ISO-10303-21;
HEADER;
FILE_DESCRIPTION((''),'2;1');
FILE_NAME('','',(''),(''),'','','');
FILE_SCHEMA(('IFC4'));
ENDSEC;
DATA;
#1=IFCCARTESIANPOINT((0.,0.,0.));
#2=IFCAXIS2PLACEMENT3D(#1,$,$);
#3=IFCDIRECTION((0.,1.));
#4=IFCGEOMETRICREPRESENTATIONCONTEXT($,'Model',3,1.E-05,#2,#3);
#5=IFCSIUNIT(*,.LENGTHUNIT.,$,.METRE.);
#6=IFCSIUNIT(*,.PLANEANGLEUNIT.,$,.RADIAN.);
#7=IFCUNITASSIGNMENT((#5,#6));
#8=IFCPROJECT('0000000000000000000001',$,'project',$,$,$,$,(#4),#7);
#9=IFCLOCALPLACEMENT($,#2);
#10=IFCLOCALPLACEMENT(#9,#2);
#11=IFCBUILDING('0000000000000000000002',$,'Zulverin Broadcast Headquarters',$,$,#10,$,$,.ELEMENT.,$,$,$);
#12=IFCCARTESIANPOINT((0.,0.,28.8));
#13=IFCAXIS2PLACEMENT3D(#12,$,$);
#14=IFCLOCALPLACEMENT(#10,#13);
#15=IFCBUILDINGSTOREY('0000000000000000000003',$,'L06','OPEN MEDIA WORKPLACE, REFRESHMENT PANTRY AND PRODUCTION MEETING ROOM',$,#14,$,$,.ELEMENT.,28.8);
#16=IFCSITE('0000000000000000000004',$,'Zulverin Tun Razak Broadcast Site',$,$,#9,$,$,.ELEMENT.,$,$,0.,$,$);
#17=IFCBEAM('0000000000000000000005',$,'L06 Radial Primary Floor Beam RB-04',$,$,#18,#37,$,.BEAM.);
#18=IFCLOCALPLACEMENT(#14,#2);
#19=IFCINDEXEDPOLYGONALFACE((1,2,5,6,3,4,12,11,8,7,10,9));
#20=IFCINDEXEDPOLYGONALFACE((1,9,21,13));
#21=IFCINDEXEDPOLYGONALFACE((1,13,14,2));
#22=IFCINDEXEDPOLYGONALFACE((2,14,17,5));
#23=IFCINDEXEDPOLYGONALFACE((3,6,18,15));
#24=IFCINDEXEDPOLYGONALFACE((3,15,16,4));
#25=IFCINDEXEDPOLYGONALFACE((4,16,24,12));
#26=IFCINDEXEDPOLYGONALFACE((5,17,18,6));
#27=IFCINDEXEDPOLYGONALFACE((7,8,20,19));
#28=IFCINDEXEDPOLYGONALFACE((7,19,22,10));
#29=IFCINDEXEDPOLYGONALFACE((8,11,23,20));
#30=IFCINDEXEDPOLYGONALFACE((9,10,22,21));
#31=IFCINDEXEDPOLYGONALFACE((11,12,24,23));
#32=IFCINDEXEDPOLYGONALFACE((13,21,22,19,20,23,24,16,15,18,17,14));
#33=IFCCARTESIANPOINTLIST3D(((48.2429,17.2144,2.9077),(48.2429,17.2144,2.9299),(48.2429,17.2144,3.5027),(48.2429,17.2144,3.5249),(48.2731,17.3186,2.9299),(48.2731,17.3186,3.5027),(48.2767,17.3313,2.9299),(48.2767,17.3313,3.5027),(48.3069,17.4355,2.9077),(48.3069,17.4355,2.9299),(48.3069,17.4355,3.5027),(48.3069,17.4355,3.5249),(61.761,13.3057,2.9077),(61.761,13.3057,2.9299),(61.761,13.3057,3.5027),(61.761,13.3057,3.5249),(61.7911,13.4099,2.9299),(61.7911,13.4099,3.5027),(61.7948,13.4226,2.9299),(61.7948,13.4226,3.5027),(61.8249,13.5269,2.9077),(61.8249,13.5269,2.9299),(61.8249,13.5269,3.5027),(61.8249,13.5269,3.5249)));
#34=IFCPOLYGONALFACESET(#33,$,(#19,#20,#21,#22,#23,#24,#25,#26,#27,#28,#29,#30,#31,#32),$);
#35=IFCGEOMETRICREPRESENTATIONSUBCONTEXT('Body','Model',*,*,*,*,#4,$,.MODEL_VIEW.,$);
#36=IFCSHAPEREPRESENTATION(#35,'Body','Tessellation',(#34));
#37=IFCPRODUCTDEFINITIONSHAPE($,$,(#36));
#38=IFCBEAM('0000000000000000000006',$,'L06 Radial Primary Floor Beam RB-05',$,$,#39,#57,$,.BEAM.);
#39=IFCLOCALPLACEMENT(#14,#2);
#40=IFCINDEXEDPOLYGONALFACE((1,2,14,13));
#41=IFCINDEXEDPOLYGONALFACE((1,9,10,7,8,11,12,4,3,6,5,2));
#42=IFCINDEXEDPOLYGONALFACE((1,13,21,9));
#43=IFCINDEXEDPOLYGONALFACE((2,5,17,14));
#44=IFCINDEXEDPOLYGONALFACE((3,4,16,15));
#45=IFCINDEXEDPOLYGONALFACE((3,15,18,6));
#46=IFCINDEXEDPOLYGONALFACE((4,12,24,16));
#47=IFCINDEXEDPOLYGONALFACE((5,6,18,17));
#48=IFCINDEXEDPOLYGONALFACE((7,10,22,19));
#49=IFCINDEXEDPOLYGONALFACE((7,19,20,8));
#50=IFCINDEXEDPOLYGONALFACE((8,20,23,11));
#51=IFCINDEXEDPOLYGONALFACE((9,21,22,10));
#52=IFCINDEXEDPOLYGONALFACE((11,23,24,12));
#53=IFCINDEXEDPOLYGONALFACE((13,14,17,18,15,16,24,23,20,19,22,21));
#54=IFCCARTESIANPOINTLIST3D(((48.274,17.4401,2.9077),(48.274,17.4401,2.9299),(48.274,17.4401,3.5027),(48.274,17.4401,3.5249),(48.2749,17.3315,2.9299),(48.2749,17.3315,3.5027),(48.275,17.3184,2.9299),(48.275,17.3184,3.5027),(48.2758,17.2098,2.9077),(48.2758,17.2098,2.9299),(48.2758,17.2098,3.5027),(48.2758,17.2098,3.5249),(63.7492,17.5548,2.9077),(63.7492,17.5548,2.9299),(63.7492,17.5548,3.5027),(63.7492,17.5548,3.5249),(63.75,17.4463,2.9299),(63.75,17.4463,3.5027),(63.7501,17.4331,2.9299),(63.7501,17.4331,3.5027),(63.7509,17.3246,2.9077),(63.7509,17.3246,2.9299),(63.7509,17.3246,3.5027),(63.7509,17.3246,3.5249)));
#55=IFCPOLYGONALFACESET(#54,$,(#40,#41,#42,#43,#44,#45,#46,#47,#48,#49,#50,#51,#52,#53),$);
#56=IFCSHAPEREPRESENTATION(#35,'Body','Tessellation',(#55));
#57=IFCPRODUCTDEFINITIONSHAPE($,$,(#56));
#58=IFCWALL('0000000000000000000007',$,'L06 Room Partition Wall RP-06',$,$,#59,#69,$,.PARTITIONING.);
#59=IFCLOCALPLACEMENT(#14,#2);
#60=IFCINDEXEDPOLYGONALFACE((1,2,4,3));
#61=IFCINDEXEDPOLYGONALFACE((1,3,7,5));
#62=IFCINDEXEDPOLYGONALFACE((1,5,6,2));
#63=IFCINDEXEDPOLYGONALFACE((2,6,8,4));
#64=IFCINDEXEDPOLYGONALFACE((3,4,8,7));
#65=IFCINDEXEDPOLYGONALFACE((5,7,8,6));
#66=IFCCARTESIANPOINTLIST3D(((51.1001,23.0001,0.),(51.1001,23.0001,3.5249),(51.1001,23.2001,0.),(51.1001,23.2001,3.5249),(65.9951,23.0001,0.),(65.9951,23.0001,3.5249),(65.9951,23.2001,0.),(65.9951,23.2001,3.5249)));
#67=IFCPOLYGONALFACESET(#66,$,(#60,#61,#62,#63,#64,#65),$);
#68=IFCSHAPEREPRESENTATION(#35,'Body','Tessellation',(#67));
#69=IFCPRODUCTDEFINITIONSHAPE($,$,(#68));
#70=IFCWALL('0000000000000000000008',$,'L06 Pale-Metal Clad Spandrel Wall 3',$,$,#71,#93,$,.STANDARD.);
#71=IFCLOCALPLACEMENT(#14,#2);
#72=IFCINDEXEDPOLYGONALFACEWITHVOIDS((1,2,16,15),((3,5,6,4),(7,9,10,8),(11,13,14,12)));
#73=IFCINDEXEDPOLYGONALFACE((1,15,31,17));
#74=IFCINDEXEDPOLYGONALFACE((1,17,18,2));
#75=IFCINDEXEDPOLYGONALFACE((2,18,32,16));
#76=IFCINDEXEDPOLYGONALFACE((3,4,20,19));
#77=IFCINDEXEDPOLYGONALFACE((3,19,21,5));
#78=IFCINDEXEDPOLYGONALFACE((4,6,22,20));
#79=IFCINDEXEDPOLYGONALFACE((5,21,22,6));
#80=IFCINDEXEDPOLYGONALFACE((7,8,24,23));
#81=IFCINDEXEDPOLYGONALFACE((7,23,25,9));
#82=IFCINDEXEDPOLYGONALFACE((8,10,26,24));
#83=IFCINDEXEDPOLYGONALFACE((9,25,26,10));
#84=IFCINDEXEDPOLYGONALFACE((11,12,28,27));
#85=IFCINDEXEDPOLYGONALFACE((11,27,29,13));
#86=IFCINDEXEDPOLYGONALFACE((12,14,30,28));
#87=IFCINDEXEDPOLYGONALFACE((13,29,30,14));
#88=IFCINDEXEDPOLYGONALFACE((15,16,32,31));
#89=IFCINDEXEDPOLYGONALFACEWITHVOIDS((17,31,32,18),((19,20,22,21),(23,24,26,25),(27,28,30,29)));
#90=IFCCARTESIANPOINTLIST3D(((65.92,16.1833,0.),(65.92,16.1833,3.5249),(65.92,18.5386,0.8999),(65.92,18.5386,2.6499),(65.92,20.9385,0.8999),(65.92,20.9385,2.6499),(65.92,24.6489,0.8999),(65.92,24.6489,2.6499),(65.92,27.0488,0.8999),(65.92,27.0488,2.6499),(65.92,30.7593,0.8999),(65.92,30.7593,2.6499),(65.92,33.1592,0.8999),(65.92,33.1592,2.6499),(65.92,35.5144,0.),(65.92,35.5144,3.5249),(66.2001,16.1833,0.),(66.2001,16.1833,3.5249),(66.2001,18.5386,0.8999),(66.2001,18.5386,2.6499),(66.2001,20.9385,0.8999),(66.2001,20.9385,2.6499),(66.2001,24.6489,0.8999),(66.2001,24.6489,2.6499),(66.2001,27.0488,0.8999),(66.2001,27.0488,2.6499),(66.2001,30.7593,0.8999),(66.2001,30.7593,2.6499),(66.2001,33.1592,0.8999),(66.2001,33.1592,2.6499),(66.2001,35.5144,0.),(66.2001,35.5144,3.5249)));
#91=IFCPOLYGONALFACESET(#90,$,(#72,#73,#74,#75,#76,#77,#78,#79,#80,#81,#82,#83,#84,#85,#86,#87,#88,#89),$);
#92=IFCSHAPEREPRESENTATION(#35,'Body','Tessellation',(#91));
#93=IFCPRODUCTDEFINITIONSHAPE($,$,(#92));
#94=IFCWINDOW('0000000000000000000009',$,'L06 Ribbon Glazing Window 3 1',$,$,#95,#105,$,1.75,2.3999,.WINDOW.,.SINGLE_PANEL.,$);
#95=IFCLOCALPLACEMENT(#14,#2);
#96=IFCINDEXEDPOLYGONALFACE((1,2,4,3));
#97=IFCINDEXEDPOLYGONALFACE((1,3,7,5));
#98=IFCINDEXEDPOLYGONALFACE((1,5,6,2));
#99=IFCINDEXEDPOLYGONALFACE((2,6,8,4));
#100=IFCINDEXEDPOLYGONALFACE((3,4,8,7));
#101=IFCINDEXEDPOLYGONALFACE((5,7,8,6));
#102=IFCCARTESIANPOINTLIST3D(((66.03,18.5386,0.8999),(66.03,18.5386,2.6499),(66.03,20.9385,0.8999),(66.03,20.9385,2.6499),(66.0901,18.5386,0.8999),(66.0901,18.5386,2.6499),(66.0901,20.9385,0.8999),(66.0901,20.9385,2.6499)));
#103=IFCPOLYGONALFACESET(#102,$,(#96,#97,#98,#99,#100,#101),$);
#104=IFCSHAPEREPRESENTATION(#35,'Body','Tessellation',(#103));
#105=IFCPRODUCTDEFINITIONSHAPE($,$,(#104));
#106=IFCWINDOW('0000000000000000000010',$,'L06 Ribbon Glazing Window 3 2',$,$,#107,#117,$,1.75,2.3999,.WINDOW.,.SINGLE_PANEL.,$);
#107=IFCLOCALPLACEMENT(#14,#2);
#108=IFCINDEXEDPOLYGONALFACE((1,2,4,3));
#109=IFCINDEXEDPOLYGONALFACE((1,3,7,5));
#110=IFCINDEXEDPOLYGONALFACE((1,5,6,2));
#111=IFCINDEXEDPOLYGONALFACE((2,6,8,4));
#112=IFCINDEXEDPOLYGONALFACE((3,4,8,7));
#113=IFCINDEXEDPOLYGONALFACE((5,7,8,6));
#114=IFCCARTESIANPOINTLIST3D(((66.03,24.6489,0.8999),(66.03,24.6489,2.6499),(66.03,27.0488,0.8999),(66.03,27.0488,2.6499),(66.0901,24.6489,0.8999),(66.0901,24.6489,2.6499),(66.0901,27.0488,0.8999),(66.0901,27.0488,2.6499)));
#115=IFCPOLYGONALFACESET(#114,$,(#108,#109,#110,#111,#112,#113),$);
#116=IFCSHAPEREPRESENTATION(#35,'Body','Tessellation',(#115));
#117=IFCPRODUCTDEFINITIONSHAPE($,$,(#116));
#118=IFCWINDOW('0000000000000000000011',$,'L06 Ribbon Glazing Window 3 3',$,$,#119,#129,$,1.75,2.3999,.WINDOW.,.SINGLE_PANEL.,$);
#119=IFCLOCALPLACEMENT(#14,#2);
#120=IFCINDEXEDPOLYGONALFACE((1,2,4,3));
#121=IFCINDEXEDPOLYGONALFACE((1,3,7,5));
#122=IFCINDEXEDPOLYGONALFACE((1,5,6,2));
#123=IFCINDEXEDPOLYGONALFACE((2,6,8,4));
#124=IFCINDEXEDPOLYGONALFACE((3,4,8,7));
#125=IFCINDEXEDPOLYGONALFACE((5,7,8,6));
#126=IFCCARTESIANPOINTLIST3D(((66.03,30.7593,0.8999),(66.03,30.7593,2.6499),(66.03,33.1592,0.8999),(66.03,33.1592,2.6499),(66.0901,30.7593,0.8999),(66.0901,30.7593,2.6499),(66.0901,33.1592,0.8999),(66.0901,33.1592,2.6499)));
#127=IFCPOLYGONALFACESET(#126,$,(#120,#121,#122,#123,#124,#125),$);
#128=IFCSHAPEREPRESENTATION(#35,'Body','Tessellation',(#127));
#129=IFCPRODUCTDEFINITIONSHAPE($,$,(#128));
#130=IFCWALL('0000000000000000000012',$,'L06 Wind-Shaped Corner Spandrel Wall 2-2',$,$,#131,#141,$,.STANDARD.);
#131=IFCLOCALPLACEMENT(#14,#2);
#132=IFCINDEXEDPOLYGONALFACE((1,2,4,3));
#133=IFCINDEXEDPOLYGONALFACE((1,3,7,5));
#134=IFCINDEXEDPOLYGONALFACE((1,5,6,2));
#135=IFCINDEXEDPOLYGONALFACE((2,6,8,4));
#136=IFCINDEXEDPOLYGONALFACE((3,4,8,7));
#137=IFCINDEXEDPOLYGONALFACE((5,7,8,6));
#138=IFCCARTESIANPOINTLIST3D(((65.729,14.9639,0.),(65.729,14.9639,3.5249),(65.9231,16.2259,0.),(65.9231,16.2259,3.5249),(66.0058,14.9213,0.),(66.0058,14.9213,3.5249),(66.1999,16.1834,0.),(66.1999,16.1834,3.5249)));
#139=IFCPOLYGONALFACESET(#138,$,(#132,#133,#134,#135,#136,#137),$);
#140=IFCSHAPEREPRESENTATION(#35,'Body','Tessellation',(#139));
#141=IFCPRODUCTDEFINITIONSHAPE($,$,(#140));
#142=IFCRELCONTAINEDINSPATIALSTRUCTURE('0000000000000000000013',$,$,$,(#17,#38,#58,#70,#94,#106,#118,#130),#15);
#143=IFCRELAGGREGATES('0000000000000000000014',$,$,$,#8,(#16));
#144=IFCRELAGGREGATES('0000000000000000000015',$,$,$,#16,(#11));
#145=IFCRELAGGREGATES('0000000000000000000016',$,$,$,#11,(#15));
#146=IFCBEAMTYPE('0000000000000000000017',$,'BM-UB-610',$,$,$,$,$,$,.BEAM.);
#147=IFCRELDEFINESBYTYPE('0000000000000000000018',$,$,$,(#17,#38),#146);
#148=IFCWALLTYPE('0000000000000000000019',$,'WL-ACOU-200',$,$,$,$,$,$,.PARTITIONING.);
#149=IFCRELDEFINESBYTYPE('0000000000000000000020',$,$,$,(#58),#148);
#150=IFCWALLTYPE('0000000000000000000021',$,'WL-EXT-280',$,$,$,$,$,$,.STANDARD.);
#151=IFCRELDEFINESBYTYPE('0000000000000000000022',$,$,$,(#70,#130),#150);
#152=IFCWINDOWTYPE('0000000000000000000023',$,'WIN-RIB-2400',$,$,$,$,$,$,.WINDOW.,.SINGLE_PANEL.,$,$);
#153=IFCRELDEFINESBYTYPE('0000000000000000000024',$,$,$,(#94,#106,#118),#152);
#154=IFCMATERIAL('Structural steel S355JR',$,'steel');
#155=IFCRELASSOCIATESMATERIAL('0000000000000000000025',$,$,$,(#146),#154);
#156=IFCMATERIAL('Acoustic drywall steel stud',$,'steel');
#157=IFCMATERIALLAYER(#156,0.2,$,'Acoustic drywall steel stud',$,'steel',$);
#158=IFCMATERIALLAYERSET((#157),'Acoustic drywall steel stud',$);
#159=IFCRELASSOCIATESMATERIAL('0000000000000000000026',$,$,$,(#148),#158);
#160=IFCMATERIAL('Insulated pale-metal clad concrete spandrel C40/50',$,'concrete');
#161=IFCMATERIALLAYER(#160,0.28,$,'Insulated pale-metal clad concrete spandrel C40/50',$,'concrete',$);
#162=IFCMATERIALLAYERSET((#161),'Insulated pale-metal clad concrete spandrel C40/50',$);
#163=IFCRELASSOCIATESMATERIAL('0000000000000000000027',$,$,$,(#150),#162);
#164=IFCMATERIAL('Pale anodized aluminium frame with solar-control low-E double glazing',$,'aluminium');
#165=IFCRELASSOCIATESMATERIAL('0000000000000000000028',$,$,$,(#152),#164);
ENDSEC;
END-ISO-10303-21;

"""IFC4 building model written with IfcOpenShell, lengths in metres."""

from ifc_helpers import new_model, si_unit, direction, frame, frame_2d, origin, origin_2d, place, context, subcontext, project, spatial, rectangle, i_section, extrude, material, layer, layer_set, material_profile, profile_set, type_object, element, fill, save


model = new_model("IFC4")

# Units and contexts
model_context = context("Model", 3, precision=1e-05, world=origin(), true_north=direction((0.0, 1.0)))
body_context = subcontext(model_context, "Body", "Model", "MODEL_VIEW")
ifc_project = project(units=[si_unit("LENGTHUNIT", "METRE"), si_unit("PLANEANGLEUNIT", "RADIAN")], contexts=[model_context])

# Site, building, storey
site_placement = place(None, origin())
site = spatial("IfcSite", under=ifc_project, at=site_placement, Name="Zulverin Tun Razak Broadcast Site", CompositionType="ELEMENT", RefElevation=0.0)
building_placement = place(site_placement, origin())
building = spatial("IfcBuilding", under=site, at=building_placement, Name="Zulverin Broadcast Headquarters", CompositionType="ELEMENT")
storey_placement = place(building_placement, frame((0.0, 0.0, 28.8)))
storey = spatial("IfcBuildingStorey", under=building, at=storey_placement, Name="L06", Description="OPEN MEDIA WORKPLACE, REFRESHMENT PANTRY AND PRODUCTION MEETING ROOM", CompositionType="ELEMENT", Elevation=28.8)

# Beams
ifc_material_1 = material(Name="Structural steel S355JR", Category="steel")
ifc_material_profile_1 = material_profile(ifc_material_1, i_section(OverallWidth=0.2302, OverallDepth=0.6172, WebThickness=0.0132, FlangeThickness=0.0222, at=origin_2d()), Name="Structural steel S355JR", Category="steel")
ifc_profile_set_1 = profile_set([ifc_material_profile_1], Name="Structural steel S355JR")
beam_type_1 = type_object("IfcBeamType", Name="BM-UB-610", PredefinedType="BEAM", material=ifc_profile_set_1)
beam_1_placement = place(storey_placement, frame((48.2749, 17.325, 3.2163), z_axis=(0.960648, -0.277767, 0.0), x_axis=(0.277767, 0.960648, 0.0)))
element("IfcBeam", 1, at=beam_1_placement, inside=storey, type_object=beam_type_1, Name="L06 Radial Primary Floor Beam RB-04", PredefinedType="BEAM", context=body_context, shape_type="SweptSolid", body=[
    extrude(i_section(OverallWidth=0.2302, OverallDepth=0.6172, WebThickness=0.0132, FlangeThickness=0.0222, at=origin_2d()), origin(), (0.0, 0.0, 1.0), 14.0718),
])
beam_2_placement = place(storey_placement, frame((48.2749, 17.325, 3.2163), z_axis=(0.999973, 0.007415, 0.0), x_axis=(-0.007415, 0.999973, 0.0)))
element("IfcBeam", 2, at=beam_2_placement, inside=storey, type_object=beam_type_1, Name="L06 Radial Primary Floor Beam RB-05", PredefinedType="BEAM", context=body_context, shape_type="SweptSolid", body=[
    extrude(i_section(OverallWidth=0.2302, OverallDepth=0.6172, WebThickness=0.0132, FlangeThickness=0.0222, at=origin_2d()), origin(), (0.0, 0.0, 1.0), 15.4756),
])

# Wall
ifc_material_2 = material(Name="Acoustic drywall steel stud", Category="steel")
ifc_layer_1 = layer(ifc_material_2, 0.2, Name="Acoustic drywall steel stud", Category="steel")
ifc_layer_set_1 = layer_set([ifc_layer_1], Name="Acoustic drywall steel stud")
wall_type_1 = type_object("IfcWallType", Name="WL-ACOU-200", PredefinedType="PARTITIONING", material=ifc_layer_set_1)
wall_1_placement = place(storey_placement, frame((51.1001, 23.1001, 0.0), z_axis=(0.0, 0.0, 1.0), x_axis=(1.0, 0.0, 0.0)))
element("IfcWall", 3, at=wall_1_placement, inside=storey, type_object=wall_type_1, Name="L06 Room Partition Wall RP-06", PredefinedType="PARTITIONING", context=body_context, shape_type="SweptSolid", body=[
    extrude(rectangle(XDim=14.895, YDim=0.2, at=frame_2d((7.4475, 0.0))), origin(), (0.0, 0.0, 1.0), 3.5249),
])

# Wall, openings, windows
ifc_material_3 = material(Name="Insulated pale-metal clad concrete spandrel C40/50", Category="concrete")
ifc_layer_2 = layer(ifc_material_3, 0.28, Name="Insulated pale-metal clad concrete spandrel C40/50", Category="concrete")
ifc_layer_set_2 = layer_set([ifc_layer_2], Name="Insulated pale-metal clad concrete spandrel C40/50")
wall_type_2 = type_object("IfcWallType", Name="WL-EXT-280", PredefinedType="STANDARD", material=ifc_layer_set_2)
wall_2_placement = place(storey_placement, frame((66.0601, 16.1833, 0.0), z_axis=(0.0, 0.0, 1.0), x_axis=(0.0, 1.0, 0.0)))
wall_2 = element("IfcWall", 4, at=wall_2_placement, inside=storey, type_object=wall_type_2, Name="L06 Pale-Metal Clad Spandrel Wall 3", PredefinedType="STANDARD", context=body_context, shape_type="SweptSolid", body=[
    extrude(rectangle(XDim=19.3311, YDim=0.28, at=frame_2d((9.6655, 0.0))), origin(), (0.0, 0.0, 1.0), 3.5249),
])
opening_1_placement = place(wall_2_placement, frame((2.3552, 0.0, 0.8999)))
opening_1 = element("IfcOpeningElement", 5, at=opening_1_placement, cuts=wall_2, PredefinedType="OPENING", context=body_context, shape_type="SweptSolid", body=[
    extrude(rectangle(XDim=2.3999, YDim=1.75, at=frame_2d((1.2, 0.875))), frame((0.0, 0.1499, 0.0), z_axis=(0.0, -1.0, 0.0), x_axis=(1.0, 0.0, 0.0)), (0.0, 0.0, 1.0), 0.3),
])
opening_2_placement = place(wall_2_placement, frame((8.4656, 0.0, 0.8999)))
opening_2 = element("IfcOpeningElement", 6, at=opening_2_placement, cuts=wall_2, PredefinedType="OPENING", context=body_context, shape_type="SweptSolid", body=[
    extrude(rectangle(XDim=2.3999, YDim=1.75, at=frame_2d((1.2, 0.875))), frame((0.0, 0.1499, 0.0), z_axis=(0.0, -1.0, 0.0), x_axis=(1.0, 0.0, 0.0)), (0.0, 0.0, 1.0), 0.3),
])
opening_3_placement = place(wall_2_placement, frame((14.5759, 0.0, 0.8999)))
opening_3 = element("IfcOpeningElement", 7, at=opening_3_placement, cuts=wall_2, PredefinedType="OPENING", context=body_context, shape_type="SweptSolid", body=[
    extrude(rectangle(XDim=2.3999, YDim=1.75, at=frame_2d((1.2, 0.875))), frame((0.0, 0.1499, 0.0), z_axis=(0.0, -1.0, 0.0), x_axis=(1.0, 0.0, 0.0)), (0.0, 0.0, 1.0), 0.3),
])
ifc_material_4 = material(Name="Pale anodized aluminium frame with solar-control low-E double glazing", Category="aluminium")
window_type = type_object("IfcWindowType", Name="WIN-RIB-2400", PartitioningType="SINGLE_PANEL", PredefinedType="WINDOW", material=ifc_material_4)
window_1_placement = place(opening_1_placement, origin())
window_1 = element("IfcWindow", 8, at=window_1_placement, inside=storey, type_object=window_type, Name="L06 Ribbon Glazing Window 3 1", OverallHeight=1.75, OverallWidth=2.3999, PartitioningType="SINGLE_PANEL", PredefinedType="WINDOW", context=body_context, shape_type="SweptSolid", body=[
    extrude(rectangle(XDim=2.3999, YDim=1.75, at=frame_2d((1.2, 0.875))), frame((0.0, 0.03, 0.0), z_axis=(0.0, -1.0, 0.0), x_axis=(1.0, 0.0, 0.0)), (0.0, 0.0, 1.0), 0.0601),
])
fill(opening_1, window_1)
window_2_placement = place(opening_2_placement, origin())
window_2 = element("IfcWindow", 9, at=window_2_placement, inside=storey, type_object=window_type, Name="L06 Ribbon Glazing Window 3 2", OverallHeight=1.75, OverallWidth=2.3999, PartitioningType="SINGLE_PANEL", PredefinedType="WINDOW", context=body_context, shape_type="SweptSolid", body=[
    extrude(rectangle(XDim=2.3999, YDim=1.75, at=frame_2d((1.2, 0.875))), frame((0.0, 0.03, 0.0), z_axis=(0.0, -1.0, 0.0), x_axis=(1.0, 0.0, 0.0)), (0.0, 0.0, 1.0), 0.0601),
])
fill(opening_2, window_2)
window_3_placement = place(opening_3_placement, origin())
window_3 = element("IfcWindow", 10, at=window_3_placement, inside=storey, type_object=window_type, Name="L06 Ribbon Glazing Window 3 3", OverallHeight=1.75, OverallWidth=2.3999, PartitioningType="SINGLE_PANEL", PredefinedType="WINDOW", context=body_context, shape_type="SweptSolid", body=[
    extrude(rectangle(XDim=2.3999, YDim=1.75, at=frame_2d((1.2, 0.875))), frame((0.0, 0.03, 0.0), z_axis=(0.0, -1.0, 0.0), x_axis=(1.0, 0.0, 0.0)), (0.0, 0.0, 1.0), 0.0601),
])
fill(opening_3, window_3)

# Wall
wall_3_placement = place(storey_placement, frame((65.8674, 14.9426, 0.0), z_axis=(0.0, 0.0, 1.0), x_axis=(0.152014, 0.988378, 0.0)))
element("IfcWall", 11, at=wall_3_placement, inside=storey, type_object=wall_type_2, Name="L06 Wind-Shaped Corner Spandrel Wall 2-2", PredefinedType="STANDARD", context=body_context, shape_type="SweptSolid", body=[
    extrude(rectangle(XDim=1.2769, YDim=0.28, at=frame_2d((0.6384, 0.0))), origin(), (0.0, 0.0, 1.0), 3.5249),
])

save(model, "model.ifc")
